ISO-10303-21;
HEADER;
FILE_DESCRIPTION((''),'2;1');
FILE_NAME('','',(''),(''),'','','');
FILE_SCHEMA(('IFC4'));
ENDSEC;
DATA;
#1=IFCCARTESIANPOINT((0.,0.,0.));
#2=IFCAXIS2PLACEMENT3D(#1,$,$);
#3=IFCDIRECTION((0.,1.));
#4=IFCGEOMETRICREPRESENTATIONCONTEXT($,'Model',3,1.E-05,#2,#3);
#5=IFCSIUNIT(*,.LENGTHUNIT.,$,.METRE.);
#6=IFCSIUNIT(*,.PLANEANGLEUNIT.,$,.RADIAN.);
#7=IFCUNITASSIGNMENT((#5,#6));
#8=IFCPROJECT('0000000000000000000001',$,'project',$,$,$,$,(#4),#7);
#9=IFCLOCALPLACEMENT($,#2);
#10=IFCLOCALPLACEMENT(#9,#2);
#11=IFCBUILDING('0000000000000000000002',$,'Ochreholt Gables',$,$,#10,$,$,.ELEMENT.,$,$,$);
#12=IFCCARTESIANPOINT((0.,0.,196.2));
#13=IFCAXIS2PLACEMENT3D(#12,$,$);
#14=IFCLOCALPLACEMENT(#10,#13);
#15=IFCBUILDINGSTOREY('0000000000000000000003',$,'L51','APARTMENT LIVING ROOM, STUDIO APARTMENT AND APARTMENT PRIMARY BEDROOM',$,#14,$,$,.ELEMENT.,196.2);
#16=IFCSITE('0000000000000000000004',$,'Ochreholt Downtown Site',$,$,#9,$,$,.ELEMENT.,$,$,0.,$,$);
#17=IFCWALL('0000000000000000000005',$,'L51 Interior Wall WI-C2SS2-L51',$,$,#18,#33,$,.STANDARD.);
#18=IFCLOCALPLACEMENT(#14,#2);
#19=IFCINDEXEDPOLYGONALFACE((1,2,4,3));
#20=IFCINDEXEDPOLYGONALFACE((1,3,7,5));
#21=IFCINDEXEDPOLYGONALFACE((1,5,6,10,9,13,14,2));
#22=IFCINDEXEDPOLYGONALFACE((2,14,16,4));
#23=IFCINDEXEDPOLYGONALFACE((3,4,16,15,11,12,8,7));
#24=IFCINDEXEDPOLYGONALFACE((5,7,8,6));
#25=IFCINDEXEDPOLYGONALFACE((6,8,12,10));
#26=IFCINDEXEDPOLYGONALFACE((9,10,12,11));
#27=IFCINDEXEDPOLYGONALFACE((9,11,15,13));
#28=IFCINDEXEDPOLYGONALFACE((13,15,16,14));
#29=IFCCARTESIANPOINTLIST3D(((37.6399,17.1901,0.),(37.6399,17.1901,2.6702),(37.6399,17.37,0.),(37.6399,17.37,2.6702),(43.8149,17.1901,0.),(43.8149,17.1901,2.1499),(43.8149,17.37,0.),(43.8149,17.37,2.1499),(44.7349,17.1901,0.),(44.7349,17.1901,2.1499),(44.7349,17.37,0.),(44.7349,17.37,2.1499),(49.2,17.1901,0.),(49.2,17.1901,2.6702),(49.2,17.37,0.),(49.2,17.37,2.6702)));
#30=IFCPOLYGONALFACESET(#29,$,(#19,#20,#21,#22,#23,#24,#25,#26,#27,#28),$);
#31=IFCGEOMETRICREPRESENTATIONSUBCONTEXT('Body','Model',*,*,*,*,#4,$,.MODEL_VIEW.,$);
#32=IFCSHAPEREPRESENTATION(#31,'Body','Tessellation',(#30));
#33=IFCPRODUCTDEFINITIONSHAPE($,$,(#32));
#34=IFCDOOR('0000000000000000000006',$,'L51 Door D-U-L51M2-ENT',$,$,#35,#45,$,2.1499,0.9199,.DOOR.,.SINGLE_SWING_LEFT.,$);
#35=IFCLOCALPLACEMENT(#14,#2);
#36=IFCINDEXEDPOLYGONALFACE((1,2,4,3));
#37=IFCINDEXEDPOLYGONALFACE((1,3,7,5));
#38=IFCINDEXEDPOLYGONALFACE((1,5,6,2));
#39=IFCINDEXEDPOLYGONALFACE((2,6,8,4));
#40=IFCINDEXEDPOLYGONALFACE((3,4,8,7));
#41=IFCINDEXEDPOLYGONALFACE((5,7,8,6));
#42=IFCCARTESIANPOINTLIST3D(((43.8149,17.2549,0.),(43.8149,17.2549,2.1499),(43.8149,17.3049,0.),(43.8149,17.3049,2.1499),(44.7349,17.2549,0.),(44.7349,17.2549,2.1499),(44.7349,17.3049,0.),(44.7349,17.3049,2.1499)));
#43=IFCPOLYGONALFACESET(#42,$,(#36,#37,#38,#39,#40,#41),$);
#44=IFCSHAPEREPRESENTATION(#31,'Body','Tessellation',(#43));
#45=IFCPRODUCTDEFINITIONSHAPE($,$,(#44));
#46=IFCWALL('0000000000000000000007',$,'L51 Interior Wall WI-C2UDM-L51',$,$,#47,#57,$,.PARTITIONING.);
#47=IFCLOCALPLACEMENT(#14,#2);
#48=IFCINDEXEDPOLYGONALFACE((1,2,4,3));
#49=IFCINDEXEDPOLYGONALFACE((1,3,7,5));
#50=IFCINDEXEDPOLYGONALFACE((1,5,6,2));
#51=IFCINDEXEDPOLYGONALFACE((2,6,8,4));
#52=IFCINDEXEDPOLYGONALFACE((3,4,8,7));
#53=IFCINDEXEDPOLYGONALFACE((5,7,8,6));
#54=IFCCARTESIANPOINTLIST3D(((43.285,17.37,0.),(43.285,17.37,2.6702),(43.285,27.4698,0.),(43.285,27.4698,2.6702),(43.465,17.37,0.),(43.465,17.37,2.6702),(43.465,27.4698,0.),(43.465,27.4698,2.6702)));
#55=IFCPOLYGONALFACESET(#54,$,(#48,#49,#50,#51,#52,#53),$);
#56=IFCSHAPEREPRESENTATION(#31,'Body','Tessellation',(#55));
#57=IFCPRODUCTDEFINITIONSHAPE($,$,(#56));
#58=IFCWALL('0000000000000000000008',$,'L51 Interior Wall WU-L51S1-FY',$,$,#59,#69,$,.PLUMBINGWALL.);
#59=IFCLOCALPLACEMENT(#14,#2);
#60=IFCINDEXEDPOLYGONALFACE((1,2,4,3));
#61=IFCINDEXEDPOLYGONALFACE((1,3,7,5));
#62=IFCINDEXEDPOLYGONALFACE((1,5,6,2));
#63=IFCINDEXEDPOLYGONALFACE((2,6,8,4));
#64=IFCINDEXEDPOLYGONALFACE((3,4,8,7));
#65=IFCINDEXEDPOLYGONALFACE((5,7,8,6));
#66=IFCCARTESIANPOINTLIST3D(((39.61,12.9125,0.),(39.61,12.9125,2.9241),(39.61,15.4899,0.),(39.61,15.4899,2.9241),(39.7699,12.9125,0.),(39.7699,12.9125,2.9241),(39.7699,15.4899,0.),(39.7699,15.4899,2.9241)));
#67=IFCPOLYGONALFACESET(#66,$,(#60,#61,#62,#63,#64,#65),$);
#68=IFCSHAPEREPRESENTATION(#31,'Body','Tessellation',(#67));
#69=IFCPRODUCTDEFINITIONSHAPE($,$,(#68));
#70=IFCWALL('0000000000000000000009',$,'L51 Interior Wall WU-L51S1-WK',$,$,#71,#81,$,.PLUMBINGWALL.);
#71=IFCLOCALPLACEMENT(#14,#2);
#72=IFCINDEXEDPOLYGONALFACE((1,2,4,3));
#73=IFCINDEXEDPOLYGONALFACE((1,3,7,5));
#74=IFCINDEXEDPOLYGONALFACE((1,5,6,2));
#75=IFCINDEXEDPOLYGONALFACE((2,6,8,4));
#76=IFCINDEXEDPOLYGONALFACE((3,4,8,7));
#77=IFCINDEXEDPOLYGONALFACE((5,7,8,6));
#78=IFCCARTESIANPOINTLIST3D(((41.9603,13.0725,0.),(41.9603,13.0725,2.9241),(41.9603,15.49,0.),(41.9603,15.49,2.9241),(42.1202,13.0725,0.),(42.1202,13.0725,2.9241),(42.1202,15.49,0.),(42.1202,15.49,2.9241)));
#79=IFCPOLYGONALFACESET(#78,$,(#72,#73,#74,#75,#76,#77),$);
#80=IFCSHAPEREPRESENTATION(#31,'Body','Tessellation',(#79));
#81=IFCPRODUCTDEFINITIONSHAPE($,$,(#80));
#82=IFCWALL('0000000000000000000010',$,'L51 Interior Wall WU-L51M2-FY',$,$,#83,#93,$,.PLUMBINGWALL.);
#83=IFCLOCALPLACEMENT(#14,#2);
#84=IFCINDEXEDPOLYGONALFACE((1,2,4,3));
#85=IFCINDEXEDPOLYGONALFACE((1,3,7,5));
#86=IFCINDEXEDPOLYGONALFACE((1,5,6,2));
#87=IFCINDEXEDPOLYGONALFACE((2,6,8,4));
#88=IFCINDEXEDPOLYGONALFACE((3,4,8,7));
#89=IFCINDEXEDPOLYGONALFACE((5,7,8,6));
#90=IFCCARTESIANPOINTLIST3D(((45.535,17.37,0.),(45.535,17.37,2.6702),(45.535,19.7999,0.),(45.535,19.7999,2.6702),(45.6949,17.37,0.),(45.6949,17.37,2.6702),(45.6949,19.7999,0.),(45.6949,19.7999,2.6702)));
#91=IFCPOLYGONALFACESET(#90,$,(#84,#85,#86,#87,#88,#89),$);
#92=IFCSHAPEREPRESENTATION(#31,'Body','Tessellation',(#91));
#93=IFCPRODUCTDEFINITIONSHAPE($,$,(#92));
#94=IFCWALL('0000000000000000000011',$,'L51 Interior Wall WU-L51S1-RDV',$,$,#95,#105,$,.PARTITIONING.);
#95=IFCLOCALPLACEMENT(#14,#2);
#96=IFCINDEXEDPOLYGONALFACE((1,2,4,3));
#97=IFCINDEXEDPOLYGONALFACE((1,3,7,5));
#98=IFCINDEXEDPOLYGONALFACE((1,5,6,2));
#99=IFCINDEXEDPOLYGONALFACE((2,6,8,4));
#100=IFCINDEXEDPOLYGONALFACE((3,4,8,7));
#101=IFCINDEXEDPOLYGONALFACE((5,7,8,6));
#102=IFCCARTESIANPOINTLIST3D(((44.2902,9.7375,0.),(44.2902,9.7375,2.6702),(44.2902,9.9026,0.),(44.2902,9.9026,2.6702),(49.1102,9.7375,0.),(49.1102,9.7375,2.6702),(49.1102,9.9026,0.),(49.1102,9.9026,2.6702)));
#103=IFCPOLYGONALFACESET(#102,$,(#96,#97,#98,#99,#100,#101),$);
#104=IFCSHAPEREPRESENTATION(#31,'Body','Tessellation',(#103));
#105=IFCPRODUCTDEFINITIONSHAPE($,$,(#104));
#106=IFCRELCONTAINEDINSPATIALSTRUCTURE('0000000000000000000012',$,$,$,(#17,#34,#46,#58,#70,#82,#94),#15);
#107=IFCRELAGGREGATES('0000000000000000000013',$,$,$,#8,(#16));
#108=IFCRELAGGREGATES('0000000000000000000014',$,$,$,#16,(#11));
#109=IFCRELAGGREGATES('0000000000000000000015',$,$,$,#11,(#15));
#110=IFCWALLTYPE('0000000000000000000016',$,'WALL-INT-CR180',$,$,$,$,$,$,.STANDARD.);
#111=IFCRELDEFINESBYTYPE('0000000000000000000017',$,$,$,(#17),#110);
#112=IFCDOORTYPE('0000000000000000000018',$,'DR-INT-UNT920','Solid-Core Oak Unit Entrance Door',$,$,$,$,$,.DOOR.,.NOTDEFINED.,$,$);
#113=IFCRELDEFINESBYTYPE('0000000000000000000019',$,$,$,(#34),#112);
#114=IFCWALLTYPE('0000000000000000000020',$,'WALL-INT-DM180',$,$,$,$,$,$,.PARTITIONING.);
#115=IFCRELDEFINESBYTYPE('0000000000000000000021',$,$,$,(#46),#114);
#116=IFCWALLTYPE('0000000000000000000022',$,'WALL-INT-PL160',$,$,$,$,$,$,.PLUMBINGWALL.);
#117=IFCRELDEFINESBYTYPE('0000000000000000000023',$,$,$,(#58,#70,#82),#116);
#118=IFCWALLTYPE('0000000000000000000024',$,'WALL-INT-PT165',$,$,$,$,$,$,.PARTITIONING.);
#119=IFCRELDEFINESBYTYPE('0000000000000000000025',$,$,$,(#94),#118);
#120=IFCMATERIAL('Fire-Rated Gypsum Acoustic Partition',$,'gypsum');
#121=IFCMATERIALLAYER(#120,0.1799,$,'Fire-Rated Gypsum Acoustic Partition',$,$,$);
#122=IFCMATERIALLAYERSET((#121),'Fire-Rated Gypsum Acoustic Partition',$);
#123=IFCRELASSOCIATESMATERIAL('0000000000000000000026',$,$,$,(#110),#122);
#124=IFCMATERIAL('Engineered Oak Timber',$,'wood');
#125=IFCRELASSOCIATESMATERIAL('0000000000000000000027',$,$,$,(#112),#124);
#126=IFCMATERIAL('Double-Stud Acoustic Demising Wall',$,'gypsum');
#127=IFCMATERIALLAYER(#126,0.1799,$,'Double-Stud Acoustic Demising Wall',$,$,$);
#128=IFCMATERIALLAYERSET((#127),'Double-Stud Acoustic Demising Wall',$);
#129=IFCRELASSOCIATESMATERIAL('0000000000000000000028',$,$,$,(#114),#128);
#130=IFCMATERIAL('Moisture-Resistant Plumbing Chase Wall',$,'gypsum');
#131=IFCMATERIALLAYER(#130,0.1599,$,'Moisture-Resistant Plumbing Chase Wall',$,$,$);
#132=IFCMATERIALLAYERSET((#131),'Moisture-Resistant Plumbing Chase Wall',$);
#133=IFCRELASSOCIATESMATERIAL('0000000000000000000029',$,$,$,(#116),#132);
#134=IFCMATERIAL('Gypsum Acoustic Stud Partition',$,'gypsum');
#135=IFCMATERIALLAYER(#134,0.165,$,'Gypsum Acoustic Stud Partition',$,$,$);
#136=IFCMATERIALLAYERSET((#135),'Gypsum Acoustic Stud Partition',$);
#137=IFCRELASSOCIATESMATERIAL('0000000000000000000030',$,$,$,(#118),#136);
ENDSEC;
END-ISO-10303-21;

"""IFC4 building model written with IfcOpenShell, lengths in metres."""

from ifc_helpers import new_model, si_unit, direction, frame, frame_2d, origin, place, context, subcontext, project, spatial, rectangle, extrude, material, layer, layer_set, type_object, element, fill, save


model = new_model("IFC4")

# Units and contexts
model_context = context("Model", 3, precision=1e-05, world=origin(), true_north=direction((0.0, 1.0)))
body_context = subcontext(model_context, "Body", "Model", "MODEL_VIEW")
ifc_project = project(units=[si_unit("LENGTHUNIT", "METRE"), si_unit("PLANEANGLEUNIT", "RADIAN")], contexts=[model_context])

# Site, building, storey
site_placement = place(None, origin())
site = spatial("IfcSite", under=ifc_project, at=site_placement, Name="Ochreholt Downtown Site", CompositionType="ELEMENT", RefElevation=0.0)
building_placement = place(site_placement, origin())
building = spatial("IfcBuilding", under=site, at=building_placement, Name="Ochreholt Gables", CompositionType="ELEMENT")
storey_placement = place(building_placement, frame((0.0, 0.0, 196.2)))
storey = spatial("IfcBuildingStorey", under=building, at=storey_placement, Name="L51", Description="APARTMENT LIVING ROOM, STUDIO APARTMENT AND APARTMENT PRIMARY BEDROOM", CompositionType="ELEMENT", Elevation=196.2)

# Wall, opening, door
ifc_material_1 = material(Name="Fire-Rated Gypsum Acoustic Partition", Category="gypsum")
ifc_layer_1 = layer(ifc_material_1, 0.1799, Name="Fire-Rated Gypsum Acoustic Partition")
ifc_layer_set_1 = layer_set([ifc_layer_1], Name="Fire-Rated Gypsum Acoustic Partition")
wall_type_1 = type_object("IfcWallType", Name="WALL-INT-CR180", PredefinedType="STANDARD", material=ifc_layer_set_1)
ifc_material_2 = material(Name="Engineered Oak Timber", Category="wood")
door_type_1 = type_object("IfcDoorType", Name="DR-INT-UNT920", Description="Solid-Core Oak Unit Entrance Door", OperationType="NOTDEFINED", PredefinedType="DOOR", material=ifc_material_2)
wall_1_placement = place(storey_placement, frame((37.6399, 17.28, 0.0), z_axis=(0.0, 0.0, 1.0), x_axis=(1.0, 0.0, 0.0)))
wall_1 = element("IfcWall", 1, at=wall_1_placement, inside=storey, type_object=wall_type_1, Name="L51 Interior Wall WI-C2SS2-L51", PredefinedType="STANDARD", context=body_context, shape_type="SweptSolid", body=[
    extrude(rectangle(XDim=11.5601, YDim=0.1799, at=frame_2d((5.78, 0.0))), origin(), (0.0, 0.0, 1.0), 2.6702),
])
opening_1_placement = place(wall_1_placement, frame((6.175, 0.0, 0.0)))
opening_1 = element("IfcOpeningElement", 2, at=opening_1_placement, cuts=wall_1, PredefinedType="OPENING", context=body_context, shape_type="SweptSolid", body=[
    extrude(rectangle(XDim=0.9199, YDim=2.1499, at=frame_2d((0.46, 1.075))), frame((0.0, 0.0999, 0.0), z_axis=(0.0, -1.0, 0.0), x_axis=(1.0, 0.0, 0.0)), (0.0, 0.0, 1.0), 0.2),
])
door_1_placement = place(opening_1_placement, origin())
door_1 = element("IfcDoor", 3, at=door_1_placement, inside=storey, type_object=door_type_1, Name="L51 Door D-U-L51M2-ENT", OperationType="SINGLE_SWING_LEFT", OverallHeight=2.1499, OverallWidth=0.9199, PredefinedType="DOOR", context=body_context, shape_type="SweptSolid", body=[
    extrude(rectangle(XDim=0.9199, YDim=2.1499, at=frame_2d((0.46, 1.075))), frame((0.0, 0.0249, 0.0), z_axis=(0.0, -1.0, 0.0), x_axis=(1.0, 0.0, 0.0)), (0.0, 0.0, 1.0), 0.05),
])
fill(opening_1, door_1)

# Wall
ifc_material_3 = material(Name="Double-Stud Acoustic Demising Wall", Category="gypsum")
ifc_layer_2 = layer(ifc_material_3, 0.1799, Name="Double-Stud Acoustic Demising Wall")
ifc_layer_set_2 = layer_set([ifc_layer_2], Name="Double-Stud Acoustic Demising Wall")
wall_type_2 = type_object("IfcWallType", Name="WALL-INT-DM180", PredefinedType="PARTITIONING", material=ifc_layer_set_2)
wall_2_placement = place(storey_placement, frame((43.375, 17.3701, 0.0), z_axis=(0.0, 0.0, 1.0), x_axis=(0.0, 1.0, 0.0)))
element("IfcWall", 4, at=wall_2_placement, inside=storey, type_object=wall_type_2, Name="L51 Interior Wall WI-C2UDM-L51", PredefinedType="PARTITIONING", context=body_context, shape_type="SweptSolid", body=[
    extrude(rectangle(XDim=10.0999, YDim=0.1799, at=frame_2d((5.0498, 0.0))), origin(), (0.0, 0.0, 1.0), 2.6702),
])

# Shared definitions
ifc_material_4 = material(Name="Moisture-Resistant Plumbing Chase Wall", Category="gypsum")
ifc_layer_3 = layer(ifc_material_4, 0.1599, Name="Moisture-Resistant Plumbing Chase Wall")
ifc_layer_set_3 = layer_set([ifc_layer_3], Name="Moisture-Resistant Plumbing Chase Wall")
wall_type_3 = type_object("IfcWallType", Name="WALL-INT-PL160", PredefinedType="PLUMBINGWALL", material=ifc_layer_set_3)

# Walls
wall_3_placement = place(storey_placement, frame((39.6899, 12.9126, 0.0), z_axis=(0.0, 0.0, 1.0), x_axis=(0.0, 1.0, 0.0)))
element("IfcWall", 5, at=wall_3_placement, inside=storey, type_object=wall_type_3, Name="L51 Interior Wall WU-L51S1-FY", PredefinedType="PLUMBINGWALL", context=body_context, shape_type="SweptSolid", body=[
    extrude(rectangle(XDim=2.5774, YDim=0.1599, at=frame_2d((1.2886, 0.0))), origin(), (0.0, 0.0, 1.0), 2.9241),
])
wall_4_placement = place(storey_placement, frame((42.0403, 13.0725, 0.0), z_axis=(0.0, 0.0, 1.0), x_axis=(0.0, 1.0, 0.0)))
element("IfcWall", 6, at=wall_4_placement, inside=storey, type_object=wall_type_3, Name="L51 Interior Wall WU-L51S1-WK", PredefinedType="PLUMBINGWALL", context=body_context, shape_type="SweptSolid", body=[
    extrude(rectangle(XDim=2.4175, YDim=0.1599, at=frame_2d((1.2087, 0.0))), origin(), (0.0, 0.0, 1.0), 2.9241),
])

# Walls
wall_5_placement = place(storey_placement, frame((45.615, 17.3701, 0.0), z_axis=(0.0, 0.0, 1.0), x_axis=(0.0, 1.0, 0.0)))
element("IfcWall", 7, at=wall_5_placement, inside=storey, type_object=wall_type_3, Name="L51 Interior Wall WU-L51M2-FY", PredefinedType="PLUMBINGWALL", context=body_context, shape_type="SweptSolid", body=[
    extrude(rectangle(XDim=2.4299, YDim=0.1599, at=frame_2d((1.2148, 0.0))), origin(), (0.0, 0.0, 1.0), 2.6702),
])
ifc_material_5 = material(Name="Gypsum Acoustic Stud Partition", Category="gypsum")
ifc_layer_4 = layer(ifc_material_5, 0.165, Name="Gypsum Acoustic Stud Partition")
ifc_layer_set_4 = layer_set([ifc_layer_4], Name="Gypsum Acoustic Stud Partition")
wall_type_4 = type_object("IfcWallType", Name="WALL-INT-PT165", PredefinedType="PARTITIONING", material=ifc_layer_set_4)
wall_6_placement = place(storey_placement, frame((44.29, 9.8201, 0.0), z_axis=(0.0, 0.0, 1.0), x_axis=(1.0, 0.0, 0.0)))
element("IfcWall", 8, at=wall_6_placement, inside=storey, type_object=wall_type_4, Name="L51 Interior Wall WU-L51S1-RDV", PredefinedType="PARTITIONING", context=body_context, shape_type="SweptSolid", body=[
    extrude(rectangle(XDim=4.8201, YDim=0.165, at=frame_2d((2.4102, 0.0))), origin(), (0.0, 0.0, 1.0), 2.6702),
])

save(model, "model.ifc")
